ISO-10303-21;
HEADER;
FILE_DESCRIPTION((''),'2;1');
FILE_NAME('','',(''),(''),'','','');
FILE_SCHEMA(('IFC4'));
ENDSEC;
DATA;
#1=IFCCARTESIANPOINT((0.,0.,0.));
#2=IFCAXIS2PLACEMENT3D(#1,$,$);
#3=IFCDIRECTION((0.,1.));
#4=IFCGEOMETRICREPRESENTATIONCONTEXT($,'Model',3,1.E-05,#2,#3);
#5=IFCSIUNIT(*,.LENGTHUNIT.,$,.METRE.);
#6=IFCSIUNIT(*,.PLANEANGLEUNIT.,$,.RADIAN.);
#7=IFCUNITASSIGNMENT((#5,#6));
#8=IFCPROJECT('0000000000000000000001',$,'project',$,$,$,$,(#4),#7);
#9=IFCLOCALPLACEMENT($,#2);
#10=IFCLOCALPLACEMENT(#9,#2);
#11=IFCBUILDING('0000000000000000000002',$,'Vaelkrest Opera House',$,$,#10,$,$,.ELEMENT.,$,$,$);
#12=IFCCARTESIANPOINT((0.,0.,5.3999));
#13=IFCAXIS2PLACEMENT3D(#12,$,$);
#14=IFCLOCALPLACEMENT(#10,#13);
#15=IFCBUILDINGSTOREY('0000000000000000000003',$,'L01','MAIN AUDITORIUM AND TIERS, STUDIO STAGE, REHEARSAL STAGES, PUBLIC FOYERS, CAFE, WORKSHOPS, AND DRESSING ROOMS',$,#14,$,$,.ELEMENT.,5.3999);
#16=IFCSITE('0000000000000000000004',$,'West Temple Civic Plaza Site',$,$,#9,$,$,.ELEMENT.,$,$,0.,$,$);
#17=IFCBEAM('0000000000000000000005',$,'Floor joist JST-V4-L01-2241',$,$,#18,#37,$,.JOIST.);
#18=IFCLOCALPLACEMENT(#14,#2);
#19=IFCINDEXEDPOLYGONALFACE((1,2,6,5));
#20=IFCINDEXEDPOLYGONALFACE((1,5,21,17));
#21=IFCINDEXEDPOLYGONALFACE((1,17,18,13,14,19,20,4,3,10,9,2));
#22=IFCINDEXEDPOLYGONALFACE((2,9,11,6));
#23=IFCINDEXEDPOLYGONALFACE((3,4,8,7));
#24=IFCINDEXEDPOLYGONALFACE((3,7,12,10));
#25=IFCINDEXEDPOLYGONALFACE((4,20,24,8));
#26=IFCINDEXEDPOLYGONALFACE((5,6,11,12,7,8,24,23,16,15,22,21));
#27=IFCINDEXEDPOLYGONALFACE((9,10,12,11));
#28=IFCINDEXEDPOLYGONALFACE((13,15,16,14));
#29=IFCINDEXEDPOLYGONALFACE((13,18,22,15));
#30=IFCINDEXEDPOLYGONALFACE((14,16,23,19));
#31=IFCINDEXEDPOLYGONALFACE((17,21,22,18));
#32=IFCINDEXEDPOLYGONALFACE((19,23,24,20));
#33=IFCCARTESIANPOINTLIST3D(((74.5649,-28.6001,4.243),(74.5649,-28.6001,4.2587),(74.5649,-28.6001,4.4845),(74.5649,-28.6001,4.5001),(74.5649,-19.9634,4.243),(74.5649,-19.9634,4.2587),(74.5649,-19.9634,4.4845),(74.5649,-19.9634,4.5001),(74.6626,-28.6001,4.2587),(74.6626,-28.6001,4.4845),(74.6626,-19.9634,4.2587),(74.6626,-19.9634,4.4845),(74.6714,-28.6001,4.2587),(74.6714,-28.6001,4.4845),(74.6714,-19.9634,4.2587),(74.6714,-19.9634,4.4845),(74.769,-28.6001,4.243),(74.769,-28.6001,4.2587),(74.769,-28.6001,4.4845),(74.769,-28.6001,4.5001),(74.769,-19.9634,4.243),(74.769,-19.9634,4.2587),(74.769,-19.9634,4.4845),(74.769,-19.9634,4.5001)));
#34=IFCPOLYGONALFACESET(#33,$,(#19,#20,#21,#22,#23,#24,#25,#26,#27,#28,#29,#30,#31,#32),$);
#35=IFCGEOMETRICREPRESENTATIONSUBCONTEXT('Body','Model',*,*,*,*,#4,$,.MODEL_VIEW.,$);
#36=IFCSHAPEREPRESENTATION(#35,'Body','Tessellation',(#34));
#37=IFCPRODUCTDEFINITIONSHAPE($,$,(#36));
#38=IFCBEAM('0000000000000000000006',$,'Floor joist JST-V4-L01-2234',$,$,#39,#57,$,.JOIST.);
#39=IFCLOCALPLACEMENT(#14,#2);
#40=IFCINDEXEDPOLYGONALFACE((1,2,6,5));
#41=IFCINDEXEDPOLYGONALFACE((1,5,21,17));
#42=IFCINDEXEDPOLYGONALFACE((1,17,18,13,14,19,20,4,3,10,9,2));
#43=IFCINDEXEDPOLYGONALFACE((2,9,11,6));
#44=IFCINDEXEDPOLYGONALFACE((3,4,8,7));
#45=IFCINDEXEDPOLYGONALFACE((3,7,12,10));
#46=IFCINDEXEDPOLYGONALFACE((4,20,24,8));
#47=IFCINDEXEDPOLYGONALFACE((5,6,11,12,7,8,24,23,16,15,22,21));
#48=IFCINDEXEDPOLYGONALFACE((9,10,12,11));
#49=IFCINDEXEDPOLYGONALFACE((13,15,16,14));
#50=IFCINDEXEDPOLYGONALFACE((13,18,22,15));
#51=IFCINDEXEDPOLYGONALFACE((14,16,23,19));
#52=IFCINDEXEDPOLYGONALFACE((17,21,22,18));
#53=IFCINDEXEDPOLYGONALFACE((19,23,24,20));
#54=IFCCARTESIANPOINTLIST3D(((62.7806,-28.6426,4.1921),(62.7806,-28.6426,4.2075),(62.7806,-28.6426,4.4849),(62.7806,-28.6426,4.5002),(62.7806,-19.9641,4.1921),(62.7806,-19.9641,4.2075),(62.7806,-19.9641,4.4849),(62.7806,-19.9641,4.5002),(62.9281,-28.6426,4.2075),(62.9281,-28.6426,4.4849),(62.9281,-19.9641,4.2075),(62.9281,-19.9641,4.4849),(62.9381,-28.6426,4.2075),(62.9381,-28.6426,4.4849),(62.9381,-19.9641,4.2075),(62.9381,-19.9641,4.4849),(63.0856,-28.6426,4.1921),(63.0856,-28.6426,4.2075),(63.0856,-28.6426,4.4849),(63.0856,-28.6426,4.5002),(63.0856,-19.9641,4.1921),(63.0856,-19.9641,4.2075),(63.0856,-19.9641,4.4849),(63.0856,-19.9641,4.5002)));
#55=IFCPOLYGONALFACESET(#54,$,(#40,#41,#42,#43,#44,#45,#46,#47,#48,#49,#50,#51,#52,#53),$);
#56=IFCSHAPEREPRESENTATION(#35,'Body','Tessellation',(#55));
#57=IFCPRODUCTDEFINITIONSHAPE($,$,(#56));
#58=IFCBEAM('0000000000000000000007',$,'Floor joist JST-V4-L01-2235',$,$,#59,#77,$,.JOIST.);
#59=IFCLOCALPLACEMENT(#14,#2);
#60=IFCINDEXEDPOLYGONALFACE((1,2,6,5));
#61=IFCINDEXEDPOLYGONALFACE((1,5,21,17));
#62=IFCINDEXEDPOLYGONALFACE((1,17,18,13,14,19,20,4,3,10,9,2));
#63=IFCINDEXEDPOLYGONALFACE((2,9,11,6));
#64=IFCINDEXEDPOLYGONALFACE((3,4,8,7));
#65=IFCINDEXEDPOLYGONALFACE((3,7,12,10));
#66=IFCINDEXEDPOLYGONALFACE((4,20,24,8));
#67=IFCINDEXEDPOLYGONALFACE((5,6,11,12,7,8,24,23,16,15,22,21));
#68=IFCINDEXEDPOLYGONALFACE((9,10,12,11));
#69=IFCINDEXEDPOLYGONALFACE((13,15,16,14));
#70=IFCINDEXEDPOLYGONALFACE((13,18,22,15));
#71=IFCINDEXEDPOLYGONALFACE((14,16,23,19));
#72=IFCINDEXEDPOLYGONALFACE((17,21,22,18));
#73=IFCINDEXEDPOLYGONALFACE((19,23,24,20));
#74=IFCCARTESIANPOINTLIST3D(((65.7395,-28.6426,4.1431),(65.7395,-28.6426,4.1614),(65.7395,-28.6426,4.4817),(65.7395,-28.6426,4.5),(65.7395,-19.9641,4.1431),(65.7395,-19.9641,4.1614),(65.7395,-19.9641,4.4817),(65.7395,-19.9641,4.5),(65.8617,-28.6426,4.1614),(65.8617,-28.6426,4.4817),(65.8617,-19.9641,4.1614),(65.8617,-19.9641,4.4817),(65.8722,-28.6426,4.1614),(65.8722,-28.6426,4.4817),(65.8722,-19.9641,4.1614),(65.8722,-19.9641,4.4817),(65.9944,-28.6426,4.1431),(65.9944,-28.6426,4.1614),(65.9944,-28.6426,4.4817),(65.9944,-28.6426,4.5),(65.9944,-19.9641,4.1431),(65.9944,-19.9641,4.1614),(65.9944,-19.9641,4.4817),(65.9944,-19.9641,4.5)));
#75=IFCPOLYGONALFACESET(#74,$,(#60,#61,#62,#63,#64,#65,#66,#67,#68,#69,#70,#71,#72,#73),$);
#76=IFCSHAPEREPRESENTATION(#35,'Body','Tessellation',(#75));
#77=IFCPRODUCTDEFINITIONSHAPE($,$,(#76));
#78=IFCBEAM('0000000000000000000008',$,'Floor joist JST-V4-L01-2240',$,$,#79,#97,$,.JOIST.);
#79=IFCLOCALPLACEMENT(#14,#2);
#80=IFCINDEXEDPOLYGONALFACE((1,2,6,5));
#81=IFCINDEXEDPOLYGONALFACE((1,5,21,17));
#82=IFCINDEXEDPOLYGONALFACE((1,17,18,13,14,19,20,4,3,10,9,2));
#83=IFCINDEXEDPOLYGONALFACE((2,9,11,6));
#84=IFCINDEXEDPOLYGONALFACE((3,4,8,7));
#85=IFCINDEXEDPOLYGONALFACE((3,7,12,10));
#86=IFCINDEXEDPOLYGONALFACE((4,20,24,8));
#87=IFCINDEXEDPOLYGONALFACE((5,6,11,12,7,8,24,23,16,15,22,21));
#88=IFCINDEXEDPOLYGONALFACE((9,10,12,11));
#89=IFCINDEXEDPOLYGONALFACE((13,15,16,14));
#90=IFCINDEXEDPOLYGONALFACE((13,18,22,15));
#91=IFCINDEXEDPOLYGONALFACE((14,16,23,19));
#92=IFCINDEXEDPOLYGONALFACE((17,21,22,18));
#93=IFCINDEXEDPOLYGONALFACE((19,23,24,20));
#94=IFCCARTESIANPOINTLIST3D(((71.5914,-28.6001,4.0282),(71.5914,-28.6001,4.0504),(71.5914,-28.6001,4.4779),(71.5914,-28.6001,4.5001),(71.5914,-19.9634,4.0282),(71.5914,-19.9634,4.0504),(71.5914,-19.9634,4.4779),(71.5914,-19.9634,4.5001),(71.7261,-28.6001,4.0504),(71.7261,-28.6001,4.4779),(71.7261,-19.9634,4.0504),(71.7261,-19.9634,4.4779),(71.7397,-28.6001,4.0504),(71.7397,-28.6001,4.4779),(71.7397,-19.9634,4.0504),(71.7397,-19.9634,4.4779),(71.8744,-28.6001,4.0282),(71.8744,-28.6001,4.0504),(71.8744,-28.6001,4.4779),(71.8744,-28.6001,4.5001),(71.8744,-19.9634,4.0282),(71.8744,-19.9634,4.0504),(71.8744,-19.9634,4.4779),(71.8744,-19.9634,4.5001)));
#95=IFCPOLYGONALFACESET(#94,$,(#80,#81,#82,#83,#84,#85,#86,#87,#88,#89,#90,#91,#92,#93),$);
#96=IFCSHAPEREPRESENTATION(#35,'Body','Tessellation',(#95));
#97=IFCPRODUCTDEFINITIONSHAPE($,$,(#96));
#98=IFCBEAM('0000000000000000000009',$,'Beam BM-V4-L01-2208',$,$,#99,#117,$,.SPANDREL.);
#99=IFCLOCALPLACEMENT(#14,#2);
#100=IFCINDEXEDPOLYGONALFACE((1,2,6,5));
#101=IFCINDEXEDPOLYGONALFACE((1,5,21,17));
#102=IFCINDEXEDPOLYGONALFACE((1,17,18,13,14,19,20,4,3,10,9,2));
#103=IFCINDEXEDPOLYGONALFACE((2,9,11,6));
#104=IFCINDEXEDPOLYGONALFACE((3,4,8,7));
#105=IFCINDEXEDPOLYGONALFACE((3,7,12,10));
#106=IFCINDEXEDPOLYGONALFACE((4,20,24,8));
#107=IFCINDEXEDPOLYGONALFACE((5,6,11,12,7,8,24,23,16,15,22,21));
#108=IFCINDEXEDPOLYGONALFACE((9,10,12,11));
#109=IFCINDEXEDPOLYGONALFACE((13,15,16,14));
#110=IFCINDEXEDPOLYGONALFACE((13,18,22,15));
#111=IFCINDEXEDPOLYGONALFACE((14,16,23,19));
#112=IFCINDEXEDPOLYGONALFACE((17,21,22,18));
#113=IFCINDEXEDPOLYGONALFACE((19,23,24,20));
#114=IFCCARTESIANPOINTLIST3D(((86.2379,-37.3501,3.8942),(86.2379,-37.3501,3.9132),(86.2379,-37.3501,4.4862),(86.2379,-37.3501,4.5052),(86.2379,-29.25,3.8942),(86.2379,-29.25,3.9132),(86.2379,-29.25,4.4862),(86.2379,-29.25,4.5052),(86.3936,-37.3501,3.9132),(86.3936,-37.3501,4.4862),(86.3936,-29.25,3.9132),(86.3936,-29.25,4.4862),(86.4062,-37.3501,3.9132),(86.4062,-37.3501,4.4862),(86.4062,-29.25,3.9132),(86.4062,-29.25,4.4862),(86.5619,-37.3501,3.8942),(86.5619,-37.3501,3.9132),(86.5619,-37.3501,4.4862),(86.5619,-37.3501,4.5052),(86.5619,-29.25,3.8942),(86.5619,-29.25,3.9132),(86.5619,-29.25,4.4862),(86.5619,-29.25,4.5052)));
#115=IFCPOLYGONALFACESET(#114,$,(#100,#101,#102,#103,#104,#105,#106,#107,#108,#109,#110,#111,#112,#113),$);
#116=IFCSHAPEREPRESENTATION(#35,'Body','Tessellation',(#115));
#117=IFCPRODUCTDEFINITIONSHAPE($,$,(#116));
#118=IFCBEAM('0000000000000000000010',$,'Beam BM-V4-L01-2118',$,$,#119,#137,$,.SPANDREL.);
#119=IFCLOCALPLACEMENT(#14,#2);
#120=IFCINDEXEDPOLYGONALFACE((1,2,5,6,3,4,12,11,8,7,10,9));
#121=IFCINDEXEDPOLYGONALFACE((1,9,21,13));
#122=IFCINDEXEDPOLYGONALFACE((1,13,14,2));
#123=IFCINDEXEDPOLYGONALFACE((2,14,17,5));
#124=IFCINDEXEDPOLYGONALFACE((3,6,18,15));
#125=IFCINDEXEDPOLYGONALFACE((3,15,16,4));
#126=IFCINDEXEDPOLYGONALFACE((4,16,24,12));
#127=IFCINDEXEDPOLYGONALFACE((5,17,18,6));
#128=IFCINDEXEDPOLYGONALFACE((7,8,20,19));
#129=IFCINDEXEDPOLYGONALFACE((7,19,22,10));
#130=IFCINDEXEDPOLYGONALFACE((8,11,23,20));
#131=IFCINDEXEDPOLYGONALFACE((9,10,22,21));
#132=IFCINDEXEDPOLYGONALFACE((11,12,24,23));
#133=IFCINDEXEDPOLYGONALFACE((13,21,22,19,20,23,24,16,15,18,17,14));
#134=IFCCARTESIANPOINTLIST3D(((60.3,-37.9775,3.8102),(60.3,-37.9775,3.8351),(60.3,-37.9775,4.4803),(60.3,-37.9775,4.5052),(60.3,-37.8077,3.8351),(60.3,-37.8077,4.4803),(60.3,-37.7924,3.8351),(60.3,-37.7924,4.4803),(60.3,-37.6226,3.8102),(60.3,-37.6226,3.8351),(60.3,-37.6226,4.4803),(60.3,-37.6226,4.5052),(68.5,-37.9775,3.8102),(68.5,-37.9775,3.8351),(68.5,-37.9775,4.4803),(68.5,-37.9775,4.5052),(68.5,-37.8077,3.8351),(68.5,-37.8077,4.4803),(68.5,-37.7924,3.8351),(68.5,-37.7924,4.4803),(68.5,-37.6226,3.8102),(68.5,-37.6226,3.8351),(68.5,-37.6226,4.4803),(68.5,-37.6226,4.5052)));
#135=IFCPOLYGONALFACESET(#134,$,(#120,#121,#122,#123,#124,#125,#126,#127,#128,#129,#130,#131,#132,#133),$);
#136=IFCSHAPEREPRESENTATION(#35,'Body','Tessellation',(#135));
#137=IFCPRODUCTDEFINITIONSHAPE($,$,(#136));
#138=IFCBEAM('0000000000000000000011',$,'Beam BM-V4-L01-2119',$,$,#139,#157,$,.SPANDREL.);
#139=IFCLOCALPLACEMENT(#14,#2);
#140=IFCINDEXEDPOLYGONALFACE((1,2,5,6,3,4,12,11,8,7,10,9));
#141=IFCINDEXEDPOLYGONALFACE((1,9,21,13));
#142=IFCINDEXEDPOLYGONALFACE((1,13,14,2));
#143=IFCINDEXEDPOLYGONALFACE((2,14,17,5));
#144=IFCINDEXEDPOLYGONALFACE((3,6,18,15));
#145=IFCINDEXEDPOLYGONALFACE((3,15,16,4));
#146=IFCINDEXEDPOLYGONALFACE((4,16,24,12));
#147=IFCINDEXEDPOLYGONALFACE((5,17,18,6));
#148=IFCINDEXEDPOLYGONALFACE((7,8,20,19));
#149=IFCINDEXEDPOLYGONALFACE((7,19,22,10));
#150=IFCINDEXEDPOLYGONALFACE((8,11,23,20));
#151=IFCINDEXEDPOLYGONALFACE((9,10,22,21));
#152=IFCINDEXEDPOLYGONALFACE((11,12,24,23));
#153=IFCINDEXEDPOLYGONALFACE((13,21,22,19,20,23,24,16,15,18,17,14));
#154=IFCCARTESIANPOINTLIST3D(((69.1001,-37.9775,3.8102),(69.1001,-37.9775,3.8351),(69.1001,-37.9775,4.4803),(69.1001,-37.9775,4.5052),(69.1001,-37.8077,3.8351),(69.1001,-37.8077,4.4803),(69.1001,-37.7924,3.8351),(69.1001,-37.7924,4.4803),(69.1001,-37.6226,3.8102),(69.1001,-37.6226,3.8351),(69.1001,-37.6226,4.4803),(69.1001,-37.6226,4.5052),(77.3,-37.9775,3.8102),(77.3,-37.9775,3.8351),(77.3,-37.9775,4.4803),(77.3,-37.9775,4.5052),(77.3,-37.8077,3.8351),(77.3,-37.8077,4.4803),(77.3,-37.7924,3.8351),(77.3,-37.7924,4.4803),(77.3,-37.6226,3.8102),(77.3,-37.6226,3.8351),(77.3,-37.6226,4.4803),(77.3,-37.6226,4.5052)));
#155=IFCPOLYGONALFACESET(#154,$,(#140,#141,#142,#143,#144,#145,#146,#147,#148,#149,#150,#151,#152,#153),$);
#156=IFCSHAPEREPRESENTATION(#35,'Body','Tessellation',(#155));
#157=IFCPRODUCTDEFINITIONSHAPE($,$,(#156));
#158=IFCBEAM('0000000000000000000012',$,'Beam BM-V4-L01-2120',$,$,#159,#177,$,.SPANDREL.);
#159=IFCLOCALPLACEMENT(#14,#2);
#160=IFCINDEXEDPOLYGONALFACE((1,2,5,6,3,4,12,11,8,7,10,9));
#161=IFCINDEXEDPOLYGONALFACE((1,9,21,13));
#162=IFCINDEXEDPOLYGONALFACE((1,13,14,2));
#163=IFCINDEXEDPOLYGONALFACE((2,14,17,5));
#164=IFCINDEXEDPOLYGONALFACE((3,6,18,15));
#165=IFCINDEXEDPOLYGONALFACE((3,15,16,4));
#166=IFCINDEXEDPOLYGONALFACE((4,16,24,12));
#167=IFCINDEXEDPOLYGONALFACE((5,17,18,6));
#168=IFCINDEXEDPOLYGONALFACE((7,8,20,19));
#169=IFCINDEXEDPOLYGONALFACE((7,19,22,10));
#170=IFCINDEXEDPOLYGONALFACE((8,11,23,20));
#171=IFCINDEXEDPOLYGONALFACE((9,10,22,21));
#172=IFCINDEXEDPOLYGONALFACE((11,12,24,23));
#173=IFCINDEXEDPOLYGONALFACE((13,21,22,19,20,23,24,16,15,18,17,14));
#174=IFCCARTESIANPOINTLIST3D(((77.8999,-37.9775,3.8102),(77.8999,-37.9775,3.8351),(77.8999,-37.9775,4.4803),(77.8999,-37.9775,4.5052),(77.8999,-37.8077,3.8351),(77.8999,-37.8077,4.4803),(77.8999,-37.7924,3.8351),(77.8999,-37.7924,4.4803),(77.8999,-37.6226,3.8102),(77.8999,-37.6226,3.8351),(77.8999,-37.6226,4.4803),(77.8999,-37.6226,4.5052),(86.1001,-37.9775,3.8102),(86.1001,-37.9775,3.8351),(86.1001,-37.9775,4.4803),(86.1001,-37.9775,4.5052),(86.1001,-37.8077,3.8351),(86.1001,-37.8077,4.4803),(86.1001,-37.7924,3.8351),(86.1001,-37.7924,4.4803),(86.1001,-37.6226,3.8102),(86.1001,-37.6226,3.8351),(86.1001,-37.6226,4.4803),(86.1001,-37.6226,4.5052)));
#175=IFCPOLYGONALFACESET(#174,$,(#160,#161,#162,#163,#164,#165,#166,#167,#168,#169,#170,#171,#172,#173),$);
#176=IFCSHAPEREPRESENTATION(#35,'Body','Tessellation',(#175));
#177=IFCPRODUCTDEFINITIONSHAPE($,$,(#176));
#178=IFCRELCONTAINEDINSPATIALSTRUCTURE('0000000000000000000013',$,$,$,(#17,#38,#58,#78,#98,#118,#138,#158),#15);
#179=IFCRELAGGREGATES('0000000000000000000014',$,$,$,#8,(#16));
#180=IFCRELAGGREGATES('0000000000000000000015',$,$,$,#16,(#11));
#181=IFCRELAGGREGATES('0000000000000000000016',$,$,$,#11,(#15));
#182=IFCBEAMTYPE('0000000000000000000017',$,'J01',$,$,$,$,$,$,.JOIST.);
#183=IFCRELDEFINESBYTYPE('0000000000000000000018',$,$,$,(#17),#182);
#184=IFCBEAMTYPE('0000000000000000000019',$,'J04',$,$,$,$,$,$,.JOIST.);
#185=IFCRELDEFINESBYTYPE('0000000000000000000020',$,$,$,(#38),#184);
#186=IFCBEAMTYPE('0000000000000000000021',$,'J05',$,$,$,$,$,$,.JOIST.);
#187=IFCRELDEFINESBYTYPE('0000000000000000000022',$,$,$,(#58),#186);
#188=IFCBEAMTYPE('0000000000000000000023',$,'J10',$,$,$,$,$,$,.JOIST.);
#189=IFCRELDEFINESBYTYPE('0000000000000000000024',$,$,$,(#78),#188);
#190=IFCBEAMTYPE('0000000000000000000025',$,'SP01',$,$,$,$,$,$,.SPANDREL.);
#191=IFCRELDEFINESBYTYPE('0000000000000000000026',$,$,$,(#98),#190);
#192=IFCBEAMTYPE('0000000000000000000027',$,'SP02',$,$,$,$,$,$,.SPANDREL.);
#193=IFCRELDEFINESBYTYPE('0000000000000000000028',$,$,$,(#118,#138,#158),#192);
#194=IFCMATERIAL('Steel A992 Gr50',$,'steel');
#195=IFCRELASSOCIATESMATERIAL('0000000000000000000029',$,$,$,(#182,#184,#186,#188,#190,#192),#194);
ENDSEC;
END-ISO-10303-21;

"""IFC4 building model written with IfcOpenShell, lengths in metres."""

from ifc_helpers import new_model, si_unit, direction, frame, origin, origin_2d, place, context, subcontext, project, spatial, i_section, extrude, material, material_profile, profile_set, type_object, element, save


model = new_model("IFC4")

# Units and contexts
model_context = context("Model", 3, precision=1e-05, world=origin(), true_north=direction((0.0, 1.0)))
body_context = subcontext(model_context, "Body", "Model", "MODEL_VIEW")
ifc_project = project(units=[si_unit("LENGTHUNIT", "METRE"), si_unit("PLANEANGLEUNIT", "RADIAN")], contexts=[model_context])

# Site, building, storey
site_placement = place(None, origin())
site = spatial("IfcSite", under=ifc_project, at=site_placement, Name="West Temple Civic Plaza Site", CompositionType="ELEMENT", RefElevation=0.0)
building_placement = place(site_placement, origin())
building = spatial("IfcBuilding", under=site, at=building_placement, Name="Vaelkrest Opera House", CompositionType="ELEMENT")
storey_placement = place(building_placement, frame((0.0, 0.0, 5.3999)))
storey = spatial("IfcBuildingStorey", under=building, at=storey_placement, Name="L01", Description="MAIN AUDITORIUM AND TIERS, STUDIO STAGE, REHEARSAL STAGES, PUBLIC FOYERS, CAFE, WORKSHOPS, AND DRESSING ROOMS", CompositionType="ELEMENT", Elevation=5.3999)

# Beams
ifc_material_1 = material(Name="Steel A992 Gr50", Category="steel")
ifc_material_profile_1 = material_profile(ifc_material_1, i_section(OverallWidth=0.2041, OverallDepth=0.2571, WebThickness=0.0088, FlangeThickness=0.0156, at=origin_2d()), Name="W10X45")
ifc_profile_set_1 = profile_set([ifc_material_profile_1], Name="Steel A992 Gr50")
beam_type_1 = type_object("IfcBeamType", Name="J01", PredefinedType="JOIST", material=ifc_profile_set_1)
beam_1_placement = place(storey_placement, frame((74.667, -28.6001, 4.3716), z_axis=(0.0, 1.0, 0.0), x_axis=(-1.0, 0.0, 0.0)))
element("IfcBeam", 1, at=beam_1_placement, inside=storey, type_object=beam_type_1, Name="Floor joist JST-V4-L01-2241", PredefinedType="JOIST", context=body_context, shape_type="SweptSolid", body=[
    extrude(i_section(OverallWidth=0.2041, OverallDepth=0.2571, WebThickness=0.0088, FlangeThickness=0.0156, at=origin_2d()), origin(), (0.0, 0.0, 1.0), 8.6367),
])
ifc_material_profile_2 = material_profile(ifc_material_1, i_section(OverallWidth=0.3049, OverallDepth=0.3081, WebThickness=0.01, FlangeThickness=0.0154, at=origin_2d()), Name="W12X65")
ifc_profile_set_2 = profile_set([ifc_material_profile_2], Name="Steel A992 Gr50")
beam_type_2 = type_object("IfcBeamType", Name="J04", PredefinedType="JOIST", material=ifc_profile_set_2)
beam_2_placement = place(storey_placement, frame((62.9331, -28.6426, 4.3462), z_axis=(0.0, 1.0, 0.0), x_axis=(-1.0, 0.0, 0.0)))
element("IfcBeam", 2, at=beam_2_placement, inside=storey, type_object=beam_type_2, Name="Floor joist JST-V4-L01-2234", PredefinedType="JOIST", context=body_context, shape_type="SweptSolid", body=[
    extrude(i_section(OverallWidth=0.3049, OverallDepth=0.3081, WebThickness=0.01, FlangeThickness=0.0154, at=origin_2d()), origin(), (0.0, 0.0, 1.0), 8.6785),
])
ifc_material_profile_3 = material_profile(ifc_material_1, i_section(OverallWidth=0.2549, OverallDepth=0.3569, WebThickness=0.0105, FlangeThickness=0.0183, at=origin_2d()), Name="W14X68")
ifc_profile_set_3 = profile_set([ifc_material_profile_3], Name="Steel A992 Gr50")
beam_type_3 = type_object("IfcBeamType", Name="J05", PredefinedType="JOIST", material=ifc_profile_set_3)
beam_3_placement = place(storey_placement, frame((65.8669, -28.6426, 4.3215), z_axis=(0.0, 1.0, 0.0), x_axis=(-1.0, 0.0, 0.0)))
element("IfcBeam", 3, at=beam_3_placement, inside=storey, type_object=beam_type_3, Name="Floor joist JST-V4-L01-2235", PredefinedType="JOIST", context=body_context, shape_type="SweptSolid", body=[
    extrude(i_section(OverallWidth=0.2549, OverallDepth=0.3569, WebThickness=0.0105, FlangeThickness=0.0183, at=origin_2d()), origin(), (0.0, 0.0, 1.0), 8.6785),
])
ifc_material_profile_4 = material_profile(ifc_material_1, i_section(OverallWidth=0.283, OverallDepth=0.4719, WebThickness=0.0137, FlangeThickness=0.0222, at=origin_2d()), Name="W18X97")
ifc_profile_set_4 = profile_set([ifc_material_profile_4], Name="Steel A992 Gr50")
beam_type_4 = type_object("IfcBeamType", Name="J10", PredefinedType="JOIST", material=ifc_profile_set_4)
beam_4_placement = place(storey_placement, frame((71.7329, -28.6001, 4.2642), z_axis=(0.0, 1.0, 0.0), x_axis=(-1.0, 0.0, 0.0)))
element("IfcBeam", 4, at=beam_4_placement, inside=storey, type_object=beam_type_4, Name="Floor joist JST-V4-L01-2240", PredefinedType="JOIST", context=body_context, shape_type="SweptSolid", body=[
    extrude(i_section(OverallWidth=0.283, OverallDepth=0.4719, WebThickness=0.0137, FlangeThickness=0.0222, at=origin_2d()), origin(), (0.0, 0.0, 1.0), 8.6367),
])
ifc_material_profile_5 = material_profile(ifc_material_1, i_section(OverallWidth=0.324, OverallDepth=0.6111, WebThickness=0.0127, FlangeThickness=0.019, at=origin_2d()), Name="W24X104")
ifc_profile_set_5 = profile_set([ifc_material_profile_5], Name="Steel A992 Gr50")
beam_type_5 = type_object("IfcBeamType", Name="SP01", PredefinedType="SPANDREL", material=ifc_profile_set_5)
beam_5_placement = place(storey_placement, frame((86.3999, -37.3501, 4.1997), z_axis=(0.0, 1.0, 0.0), x_axis=(-1.0, 0.0, 0.0)))
element("IfcBeam", 5, at=beam_5_placement, inside=storey, type_object=beam_type_5, Name="Beam BM-V4-L01-2208", PredefinedType="SPANDREL", context=body_context, shape_type="SweptSolid", body=[
    extrude(i_section(OverallWidth=0.324, OverallDepth=0.6111, WebThickness=0.0127, FlangeThickness=0.019, at=origin_2d()), origin(), (0.0, 0.0, 1.0), 8.1001),
])
ifc_material_profile_6 = material_profile(ifc_material_1, i_section(OverallWidth=0.355, OverallDepth=0.6951, WebThickness=0.0154, FlangeThickness=0.0249, at=origin_2d()), Name="W27X146")
ifc_profile_set_6 = profile_set([ifc_material_profile_6], Name="Steel A992 Gr50")
beam_type_6 = type_object("IfcBeamType", Name="SP02", PredefinedType="SPANDREL", material=ifc_profile_set_6)
for number, where, z_axis, x_axis, name in (
    (6, (60.3, -37.8, 4.1577), (1.0, 0.0, 0.0), (0.0, 1.0, 0.0), "Beam BM-V4-L01-2118"),
    (7, (69.1001, -37.8, 4.1577), (1.0, 0.0, 0.0), (0.0, 1.0, 0.0), "Beam BM-V4-L01-2119"),
):
    element("IfcBeam", number, at=place(storey_placement, frame(where, z_axis=z_axis, x_axis=x_axis)), inside=storey, type_object=beam_type_6, Name=name, PredefinedType="SPANDREL", context=body_context, shape_type="SweptSolid", body=[
        extrude(i_section(OverallWidth=0.355, OverallDepth=0.6951, WebThickness=0.0154, FlangeThickness=0.0249, at=origin_2d()), origin(), (0.0, 0.0, 1.0), 8.2),
    ])
beam_6_placement = place(storey_placement, frame((77.8999, -37.8, 4.1577), z_axis=(1.0, 0.0, 0.0), x_axis=(0.0, 1.0, 0.0)))
element("IfcBeam", 8, at=beam_6_placement, inside=storey, type_object=beam_type_6, Name="Beam BM-V4-L01-2120", PredefinedType="SPANDREL", context=body_context, shape_type="SweptSolid", body=[
    extrude(i_section(OverallWidth=0.355, OverallDepth=0.6951, WebThickness=0.0154, FlangeThickness=0.0249, at=origin_2d()), origin(), (0.0, 0.0, 1.0), 8.2002),
])

save(model, "model.ifc")
